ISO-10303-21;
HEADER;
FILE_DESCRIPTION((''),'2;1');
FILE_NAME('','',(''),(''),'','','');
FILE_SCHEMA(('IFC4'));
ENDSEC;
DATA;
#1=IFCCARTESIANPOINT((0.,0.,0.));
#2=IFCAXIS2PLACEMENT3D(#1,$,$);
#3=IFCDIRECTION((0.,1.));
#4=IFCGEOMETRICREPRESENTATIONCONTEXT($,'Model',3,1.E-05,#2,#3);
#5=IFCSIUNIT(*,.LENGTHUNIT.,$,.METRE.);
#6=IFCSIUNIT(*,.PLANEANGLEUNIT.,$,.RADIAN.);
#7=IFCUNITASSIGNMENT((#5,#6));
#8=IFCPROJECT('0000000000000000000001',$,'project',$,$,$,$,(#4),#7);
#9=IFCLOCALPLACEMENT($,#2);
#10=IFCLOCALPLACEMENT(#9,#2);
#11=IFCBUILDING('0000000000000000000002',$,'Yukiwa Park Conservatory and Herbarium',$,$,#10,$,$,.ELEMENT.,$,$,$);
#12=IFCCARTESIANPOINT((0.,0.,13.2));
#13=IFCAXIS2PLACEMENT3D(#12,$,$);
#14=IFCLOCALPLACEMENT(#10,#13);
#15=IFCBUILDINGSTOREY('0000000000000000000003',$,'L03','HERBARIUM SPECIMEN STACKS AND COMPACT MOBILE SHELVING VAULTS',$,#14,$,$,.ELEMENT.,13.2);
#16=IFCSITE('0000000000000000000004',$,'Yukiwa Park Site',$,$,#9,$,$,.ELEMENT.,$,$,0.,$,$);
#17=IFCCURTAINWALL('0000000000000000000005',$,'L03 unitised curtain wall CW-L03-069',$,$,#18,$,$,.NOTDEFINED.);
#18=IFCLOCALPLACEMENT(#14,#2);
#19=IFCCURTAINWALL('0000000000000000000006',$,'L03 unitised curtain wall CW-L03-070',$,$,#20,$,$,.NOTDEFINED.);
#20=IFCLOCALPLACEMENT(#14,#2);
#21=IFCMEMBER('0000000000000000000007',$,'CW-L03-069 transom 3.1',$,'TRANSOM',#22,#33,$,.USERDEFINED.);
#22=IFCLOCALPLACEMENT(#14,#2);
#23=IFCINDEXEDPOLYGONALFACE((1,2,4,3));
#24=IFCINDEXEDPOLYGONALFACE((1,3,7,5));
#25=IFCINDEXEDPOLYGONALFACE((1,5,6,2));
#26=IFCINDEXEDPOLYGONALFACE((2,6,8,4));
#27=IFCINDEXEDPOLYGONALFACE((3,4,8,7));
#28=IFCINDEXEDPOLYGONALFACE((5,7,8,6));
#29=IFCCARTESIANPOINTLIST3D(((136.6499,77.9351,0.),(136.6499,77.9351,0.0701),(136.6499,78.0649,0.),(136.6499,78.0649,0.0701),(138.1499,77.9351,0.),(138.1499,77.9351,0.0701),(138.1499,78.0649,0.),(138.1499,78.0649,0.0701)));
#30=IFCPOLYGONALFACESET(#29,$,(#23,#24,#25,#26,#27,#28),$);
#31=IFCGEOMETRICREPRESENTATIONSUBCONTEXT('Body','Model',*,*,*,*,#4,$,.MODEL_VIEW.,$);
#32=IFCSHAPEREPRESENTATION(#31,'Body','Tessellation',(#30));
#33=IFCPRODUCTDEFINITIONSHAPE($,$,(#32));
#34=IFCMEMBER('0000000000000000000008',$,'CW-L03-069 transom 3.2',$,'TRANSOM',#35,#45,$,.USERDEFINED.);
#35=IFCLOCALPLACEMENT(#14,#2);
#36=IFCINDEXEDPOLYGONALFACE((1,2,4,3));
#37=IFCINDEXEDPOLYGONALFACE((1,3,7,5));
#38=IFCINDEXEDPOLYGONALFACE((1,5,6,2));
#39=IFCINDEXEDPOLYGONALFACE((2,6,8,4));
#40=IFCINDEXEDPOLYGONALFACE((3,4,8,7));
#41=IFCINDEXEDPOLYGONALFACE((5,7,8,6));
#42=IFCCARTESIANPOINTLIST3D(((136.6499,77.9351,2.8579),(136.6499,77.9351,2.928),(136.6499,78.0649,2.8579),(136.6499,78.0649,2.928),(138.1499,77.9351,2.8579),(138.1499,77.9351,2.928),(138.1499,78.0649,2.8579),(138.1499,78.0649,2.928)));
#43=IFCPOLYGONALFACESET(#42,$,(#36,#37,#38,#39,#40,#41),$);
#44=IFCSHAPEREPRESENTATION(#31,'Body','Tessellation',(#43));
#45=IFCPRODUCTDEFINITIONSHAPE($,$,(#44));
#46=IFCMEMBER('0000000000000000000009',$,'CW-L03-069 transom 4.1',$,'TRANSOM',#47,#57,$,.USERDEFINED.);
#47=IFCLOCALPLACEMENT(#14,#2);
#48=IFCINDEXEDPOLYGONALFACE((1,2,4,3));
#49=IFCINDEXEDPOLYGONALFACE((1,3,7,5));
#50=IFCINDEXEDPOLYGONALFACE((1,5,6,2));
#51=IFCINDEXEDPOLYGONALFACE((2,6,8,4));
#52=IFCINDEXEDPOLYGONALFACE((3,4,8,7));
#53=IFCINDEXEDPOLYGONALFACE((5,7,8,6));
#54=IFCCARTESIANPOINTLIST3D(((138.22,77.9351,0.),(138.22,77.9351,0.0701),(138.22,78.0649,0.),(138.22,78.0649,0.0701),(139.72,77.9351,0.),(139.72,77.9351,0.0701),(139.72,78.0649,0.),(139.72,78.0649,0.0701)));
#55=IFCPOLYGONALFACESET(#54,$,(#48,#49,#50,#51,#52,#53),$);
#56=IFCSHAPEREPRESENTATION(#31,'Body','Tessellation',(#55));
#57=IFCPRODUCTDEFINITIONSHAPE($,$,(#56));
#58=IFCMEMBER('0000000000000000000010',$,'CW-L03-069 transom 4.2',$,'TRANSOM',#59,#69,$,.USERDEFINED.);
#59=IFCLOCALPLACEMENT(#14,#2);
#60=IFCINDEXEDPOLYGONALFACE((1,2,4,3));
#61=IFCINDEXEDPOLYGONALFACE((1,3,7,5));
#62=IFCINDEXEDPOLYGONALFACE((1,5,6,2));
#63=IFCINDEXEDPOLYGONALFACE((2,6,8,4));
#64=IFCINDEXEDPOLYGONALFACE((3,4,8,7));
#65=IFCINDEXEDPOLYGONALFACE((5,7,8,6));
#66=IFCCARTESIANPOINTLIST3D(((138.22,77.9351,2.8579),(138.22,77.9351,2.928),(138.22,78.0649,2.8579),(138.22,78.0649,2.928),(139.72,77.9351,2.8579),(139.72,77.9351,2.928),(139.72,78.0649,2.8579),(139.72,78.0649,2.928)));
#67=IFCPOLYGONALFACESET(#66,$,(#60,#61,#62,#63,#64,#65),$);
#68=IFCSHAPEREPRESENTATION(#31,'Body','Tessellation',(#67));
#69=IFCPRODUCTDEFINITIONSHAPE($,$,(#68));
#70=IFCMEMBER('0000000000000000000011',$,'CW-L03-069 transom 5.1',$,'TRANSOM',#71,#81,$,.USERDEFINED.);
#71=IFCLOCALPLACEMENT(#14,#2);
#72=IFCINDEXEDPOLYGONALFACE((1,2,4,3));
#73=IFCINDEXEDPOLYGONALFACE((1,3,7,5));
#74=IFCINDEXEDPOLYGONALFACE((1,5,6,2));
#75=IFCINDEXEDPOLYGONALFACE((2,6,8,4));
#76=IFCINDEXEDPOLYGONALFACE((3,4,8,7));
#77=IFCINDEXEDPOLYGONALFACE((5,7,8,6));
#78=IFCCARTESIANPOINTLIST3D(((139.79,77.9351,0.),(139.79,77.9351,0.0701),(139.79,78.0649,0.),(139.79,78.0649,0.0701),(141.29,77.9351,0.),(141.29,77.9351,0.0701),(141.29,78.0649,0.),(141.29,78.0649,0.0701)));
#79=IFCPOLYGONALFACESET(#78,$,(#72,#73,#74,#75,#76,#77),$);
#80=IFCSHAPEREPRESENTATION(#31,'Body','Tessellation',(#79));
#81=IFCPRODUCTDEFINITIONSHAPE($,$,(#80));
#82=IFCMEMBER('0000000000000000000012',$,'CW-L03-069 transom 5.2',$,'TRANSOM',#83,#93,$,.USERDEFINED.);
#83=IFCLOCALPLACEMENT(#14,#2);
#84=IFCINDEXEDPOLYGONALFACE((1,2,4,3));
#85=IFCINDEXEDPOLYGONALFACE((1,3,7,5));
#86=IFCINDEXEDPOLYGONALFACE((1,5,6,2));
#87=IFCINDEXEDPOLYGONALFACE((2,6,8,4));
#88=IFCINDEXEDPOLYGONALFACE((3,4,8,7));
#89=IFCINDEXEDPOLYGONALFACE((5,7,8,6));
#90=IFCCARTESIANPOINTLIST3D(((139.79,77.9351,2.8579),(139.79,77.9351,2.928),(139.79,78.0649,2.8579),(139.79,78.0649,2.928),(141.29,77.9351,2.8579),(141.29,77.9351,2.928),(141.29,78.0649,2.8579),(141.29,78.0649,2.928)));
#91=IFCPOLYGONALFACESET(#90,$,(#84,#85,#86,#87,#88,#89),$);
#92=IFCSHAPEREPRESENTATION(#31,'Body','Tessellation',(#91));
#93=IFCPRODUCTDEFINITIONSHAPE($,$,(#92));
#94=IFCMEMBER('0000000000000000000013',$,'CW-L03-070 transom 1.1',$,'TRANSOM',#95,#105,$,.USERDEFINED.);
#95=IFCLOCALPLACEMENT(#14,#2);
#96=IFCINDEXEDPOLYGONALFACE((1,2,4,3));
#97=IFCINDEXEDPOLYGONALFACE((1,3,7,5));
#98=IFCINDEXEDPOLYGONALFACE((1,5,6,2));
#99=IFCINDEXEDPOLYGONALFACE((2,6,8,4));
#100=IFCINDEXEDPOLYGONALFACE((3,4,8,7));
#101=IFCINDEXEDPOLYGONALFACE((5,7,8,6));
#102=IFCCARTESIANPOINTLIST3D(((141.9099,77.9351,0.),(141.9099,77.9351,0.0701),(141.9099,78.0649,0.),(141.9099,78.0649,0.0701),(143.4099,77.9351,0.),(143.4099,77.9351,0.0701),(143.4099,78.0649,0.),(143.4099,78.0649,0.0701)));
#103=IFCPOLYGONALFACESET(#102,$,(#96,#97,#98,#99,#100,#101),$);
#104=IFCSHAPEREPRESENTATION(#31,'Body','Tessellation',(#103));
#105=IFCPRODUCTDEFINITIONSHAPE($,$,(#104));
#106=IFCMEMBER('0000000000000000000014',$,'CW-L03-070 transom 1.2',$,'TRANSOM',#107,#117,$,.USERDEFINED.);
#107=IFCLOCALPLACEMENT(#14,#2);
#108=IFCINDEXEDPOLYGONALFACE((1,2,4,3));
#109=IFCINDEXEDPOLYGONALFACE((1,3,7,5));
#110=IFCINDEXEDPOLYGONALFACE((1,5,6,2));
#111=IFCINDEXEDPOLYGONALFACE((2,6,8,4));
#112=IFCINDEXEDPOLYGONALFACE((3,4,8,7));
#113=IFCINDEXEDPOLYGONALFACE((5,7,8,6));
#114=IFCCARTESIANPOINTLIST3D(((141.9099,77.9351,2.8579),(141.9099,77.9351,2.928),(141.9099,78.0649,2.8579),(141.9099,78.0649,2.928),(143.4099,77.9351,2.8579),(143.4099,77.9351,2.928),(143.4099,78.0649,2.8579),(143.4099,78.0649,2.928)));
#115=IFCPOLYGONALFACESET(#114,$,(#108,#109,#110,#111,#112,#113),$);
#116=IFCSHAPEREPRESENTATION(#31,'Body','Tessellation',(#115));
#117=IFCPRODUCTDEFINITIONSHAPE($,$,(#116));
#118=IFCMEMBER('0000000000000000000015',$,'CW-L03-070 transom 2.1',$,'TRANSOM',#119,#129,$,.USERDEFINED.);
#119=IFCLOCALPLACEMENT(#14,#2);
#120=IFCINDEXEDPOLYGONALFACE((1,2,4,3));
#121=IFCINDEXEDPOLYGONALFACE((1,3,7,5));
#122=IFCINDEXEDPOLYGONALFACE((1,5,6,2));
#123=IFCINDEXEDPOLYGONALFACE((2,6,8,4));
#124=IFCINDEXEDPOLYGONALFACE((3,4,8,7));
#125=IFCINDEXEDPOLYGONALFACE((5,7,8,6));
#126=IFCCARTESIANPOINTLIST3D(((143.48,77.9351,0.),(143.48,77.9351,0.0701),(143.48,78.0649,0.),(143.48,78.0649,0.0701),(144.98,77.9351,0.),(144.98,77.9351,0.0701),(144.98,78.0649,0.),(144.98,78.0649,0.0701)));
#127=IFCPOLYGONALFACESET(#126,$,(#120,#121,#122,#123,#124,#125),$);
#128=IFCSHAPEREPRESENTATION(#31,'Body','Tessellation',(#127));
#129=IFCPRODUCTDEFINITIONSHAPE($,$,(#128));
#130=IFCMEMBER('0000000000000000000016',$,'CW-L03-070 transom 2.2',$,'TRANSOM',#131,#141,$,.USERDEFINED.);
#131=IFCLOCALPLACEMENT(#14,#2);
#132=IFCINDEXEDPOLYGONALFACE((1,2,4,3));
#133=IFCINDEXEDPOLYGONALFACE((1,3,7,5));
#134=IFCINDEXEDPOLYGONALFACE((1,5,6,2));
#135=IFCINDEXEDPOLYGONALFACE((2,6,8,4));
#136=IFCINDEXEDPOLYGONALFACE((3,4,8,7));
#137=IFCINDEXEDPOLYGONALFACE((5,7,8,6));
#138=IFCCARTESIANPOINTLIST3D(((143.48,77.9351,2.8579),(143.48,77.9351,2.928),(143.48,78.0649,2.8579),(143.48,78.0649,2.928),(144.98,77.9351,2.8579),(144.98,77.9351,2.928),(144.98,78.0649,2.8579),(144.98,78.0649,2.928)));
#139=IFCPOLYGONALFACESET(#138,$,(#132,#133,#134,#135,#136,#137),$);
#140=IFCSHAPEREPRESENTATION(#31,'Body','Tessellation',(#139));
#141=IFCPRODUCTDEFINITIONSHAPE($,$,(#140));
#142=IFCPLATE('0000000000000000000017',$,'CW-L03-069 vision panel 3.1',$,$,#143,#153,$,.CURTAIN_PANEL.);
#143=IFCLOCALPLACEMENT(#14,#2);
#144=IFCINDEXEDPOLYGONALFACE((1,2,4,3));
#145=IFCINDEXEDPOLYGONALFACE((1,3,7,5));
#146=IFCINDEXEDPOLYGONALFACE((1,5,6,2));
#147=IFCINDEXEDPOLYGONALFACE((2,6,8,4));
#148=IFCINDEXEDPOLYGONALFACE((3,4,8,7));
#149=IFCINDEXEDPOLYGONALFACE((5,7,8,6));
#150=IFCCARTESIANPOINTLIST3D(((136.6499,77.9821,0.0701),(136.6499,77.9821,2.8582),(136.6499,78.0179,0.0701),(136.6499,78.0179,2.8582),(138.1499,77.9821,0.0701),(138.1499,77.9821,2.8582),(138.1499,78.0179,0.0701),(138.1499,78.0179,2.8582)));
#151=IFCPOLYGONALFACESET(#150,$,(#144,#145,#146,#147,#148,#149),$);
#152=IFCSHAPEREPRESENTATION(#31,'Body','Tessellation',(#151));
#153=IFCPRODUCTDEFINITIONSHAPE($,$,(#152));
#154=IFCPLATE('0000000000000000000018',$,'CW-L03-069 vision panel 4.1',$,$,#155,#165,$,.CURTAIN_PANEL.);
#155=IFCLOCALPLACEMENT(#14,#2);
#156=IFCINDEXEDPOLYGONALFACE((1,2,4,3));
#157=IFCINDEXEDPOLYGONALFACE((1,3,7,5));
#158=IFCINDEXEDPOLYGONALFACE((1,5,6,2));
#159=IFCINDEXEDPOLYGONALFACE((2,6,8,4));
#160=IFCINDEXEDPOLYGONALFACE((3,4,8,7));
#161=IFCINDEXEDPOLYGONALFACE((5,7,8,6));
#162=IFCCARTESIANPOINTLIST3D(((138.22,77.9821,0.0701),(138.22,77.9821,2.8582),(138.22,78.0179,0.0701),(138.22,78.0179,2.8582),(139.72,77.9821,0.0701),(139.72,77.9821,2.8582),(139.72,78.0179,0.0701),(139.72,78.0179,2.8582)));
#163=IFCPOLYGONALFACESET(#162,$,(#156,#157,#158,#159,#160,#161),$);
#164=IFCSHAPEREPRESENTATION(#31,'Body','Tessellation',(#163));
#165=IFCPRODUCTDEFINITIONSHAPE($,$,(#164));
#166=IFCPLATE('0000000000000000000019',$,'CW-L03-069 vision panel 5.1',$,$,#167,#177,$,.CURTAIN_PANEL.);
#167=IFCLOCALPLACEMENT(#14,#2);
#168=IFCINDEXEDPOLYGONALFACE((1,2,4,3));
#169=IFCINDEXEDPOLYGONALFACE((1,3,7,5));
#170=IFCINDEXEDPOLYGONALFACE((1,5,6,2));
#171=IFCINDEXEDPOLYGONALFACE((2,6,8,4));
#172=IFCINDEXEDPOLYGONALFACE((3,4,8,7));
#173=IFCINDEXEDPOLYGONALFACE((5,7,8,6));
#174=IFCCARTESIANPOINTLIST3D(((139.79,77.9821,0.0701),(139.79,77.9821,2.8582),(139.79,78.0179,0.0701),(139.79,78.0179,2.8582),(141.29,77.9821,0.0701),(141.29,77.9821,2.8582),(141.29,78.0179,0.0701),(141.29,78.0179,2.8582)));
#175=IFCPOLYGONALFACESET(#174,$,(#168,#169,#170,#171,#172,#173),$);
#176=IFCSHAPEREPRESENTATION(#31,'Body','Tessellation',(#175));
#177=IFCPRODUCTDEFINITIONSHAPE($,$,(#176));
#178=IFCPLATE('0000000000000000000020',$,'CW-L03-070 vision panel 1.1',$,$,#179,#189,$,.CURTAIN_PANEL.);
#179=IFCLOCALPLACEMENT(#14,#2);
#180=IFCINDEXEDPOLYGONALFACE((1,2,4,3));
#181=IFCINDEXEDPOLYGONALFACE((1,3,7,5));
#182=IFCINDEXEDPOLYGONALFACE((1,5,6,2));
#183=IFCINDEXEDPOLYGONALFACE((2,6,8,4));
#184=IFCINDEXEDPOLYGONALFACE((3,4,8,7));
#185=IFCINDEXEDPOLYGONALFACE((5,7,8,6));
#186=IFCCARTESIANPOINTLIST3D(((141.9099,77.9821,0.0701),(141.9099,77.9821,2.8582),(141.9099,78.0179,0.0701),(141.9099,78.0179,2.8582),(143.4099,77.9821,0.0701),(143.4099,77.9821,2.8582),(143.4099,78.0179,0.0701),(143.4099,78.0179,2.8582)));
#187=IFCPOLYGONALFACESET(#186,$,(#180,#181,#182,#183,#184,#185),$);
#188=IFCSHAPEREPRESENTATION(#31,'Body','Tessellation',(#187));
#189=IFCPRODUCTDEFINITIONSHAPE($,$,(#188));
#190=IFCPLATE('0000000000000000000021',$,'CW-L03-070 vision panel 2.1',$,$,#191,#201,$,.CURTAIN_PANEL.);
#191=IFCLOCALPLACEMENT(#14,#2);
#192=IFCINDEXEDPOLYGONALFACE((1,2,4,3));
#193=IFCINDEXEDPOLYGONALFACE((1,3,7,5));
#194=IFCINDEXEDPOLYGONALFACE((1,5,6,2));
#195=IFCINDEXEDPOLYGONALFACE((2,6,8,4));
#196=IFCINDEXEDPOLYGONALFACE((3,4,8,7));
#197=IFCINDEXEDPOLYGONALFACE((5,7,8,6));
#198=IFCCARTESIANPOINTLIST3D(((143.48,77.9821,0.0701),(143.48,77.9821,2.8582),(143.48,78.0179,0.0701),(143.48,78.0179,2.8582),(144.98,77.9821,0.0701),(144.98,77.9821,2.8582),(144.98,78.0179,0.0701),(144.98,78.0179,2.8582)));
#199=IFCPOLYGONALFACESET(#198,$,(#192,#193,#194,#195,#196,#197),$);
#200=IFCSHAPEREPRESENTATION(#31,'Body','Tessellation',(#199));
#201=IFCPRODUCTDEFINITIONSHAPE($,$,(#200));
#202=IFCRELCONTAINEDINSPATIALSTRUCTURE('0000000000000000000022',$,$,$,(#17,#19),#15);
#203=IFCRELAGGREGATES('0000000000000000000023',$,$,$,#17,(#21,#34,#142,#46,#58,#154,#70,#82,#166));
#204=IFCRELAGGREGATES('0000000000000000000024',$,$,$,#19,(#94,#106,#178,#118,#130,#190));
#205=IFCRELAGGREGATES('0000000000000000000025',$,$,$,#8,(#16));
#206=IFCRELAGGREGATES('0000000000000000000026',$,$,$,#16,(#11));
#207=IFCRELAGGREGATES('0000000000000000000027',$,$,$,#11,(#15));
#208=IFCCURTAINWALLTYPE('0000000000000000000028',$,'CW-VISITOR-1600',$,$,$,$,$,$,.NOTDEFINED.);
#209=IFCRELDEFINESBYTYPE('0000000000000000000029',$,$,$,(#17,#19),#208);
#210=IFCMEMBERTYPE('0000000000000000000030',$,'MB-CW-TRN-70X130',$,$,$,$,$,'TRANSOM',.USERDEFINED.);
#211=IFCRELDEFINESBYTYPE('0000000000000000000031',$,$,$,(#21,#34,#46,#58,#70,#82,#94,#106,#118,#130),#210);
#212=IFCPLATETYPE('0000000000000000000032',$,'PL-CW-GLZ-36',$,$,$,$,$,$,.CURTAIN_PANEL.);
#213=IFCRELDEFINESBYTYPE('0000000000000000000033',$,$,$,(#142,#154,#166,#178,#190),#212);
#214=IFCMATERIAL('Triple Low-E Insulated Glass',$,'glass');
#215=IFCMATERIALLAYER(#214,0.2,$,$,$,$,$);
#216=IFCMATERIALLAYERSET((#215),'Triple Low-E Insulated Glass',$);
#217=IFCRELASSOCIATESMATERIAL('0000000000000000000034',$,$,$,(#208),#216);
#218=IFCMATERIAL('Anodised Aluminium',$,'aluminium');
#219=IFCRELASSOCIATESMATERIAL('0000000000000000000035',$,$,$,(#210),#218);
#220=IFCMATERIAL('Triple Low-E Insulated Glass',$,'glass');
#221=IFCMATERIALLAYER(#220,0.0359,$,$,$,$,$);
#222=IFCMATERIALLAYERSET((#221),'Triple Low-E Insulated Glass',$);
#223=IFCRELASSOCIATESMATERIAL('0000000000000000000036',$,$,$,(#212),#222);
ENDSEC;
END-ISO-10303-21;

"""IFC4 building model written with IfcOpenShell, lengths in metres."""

from ifc_helpers import new_model, si_unit, direction, frame, origin, origin_2d, place, context, subcontext, project, spatial, rectangle, extrude, material, layer, layer_set, type_object, element, aggregate, save


model = new_model("IFC4")

# Units and contexts
model_context = context("Model", 3, precision=1e-05, world=origin(), true_north=direction((0.0, 1.0)))
body_context = subcontext(model_context, "Body", "Model", "MODEL_VIEW")
ifc_project = project(units=[si_unit("LENGTHUNIT", "METRE"), si_unit("PLANEANGLEUNIT", "RADIAN")], contexts=[model_context])

# Site, building, storey
site_placement = place(None, origin())
site = spatial("IfcSite", under=ifc_project, at=site_placement, Name="Yukiwa Park Site", CompositionType="ELEMENT", RefElevation=0.0)
building_placement = place(site_placement, origin())
building = spatial("IfcBuilding", under=site, at=building_placement, Name="Yukiwa Park Conservatory and Herbarium", CompositionType="ELEMENT")
storey_placement = place(building_placement, frame((0.0, 0.0, 13.2)))
storey = spatial("IfcBuildingStorey", under=building, at=storey_placement, Name="L03", Description="HERBARIUM SPECIMEN STACKS AND COMPACT MOBILE SHELVING VAULTS", CompositionType="ELEMENT", Elevation=13.2)

# Curtain walls
ifc_material_1 = material(Name="Triple Low-E Insulated Glass", Category="glass")
ifc_layer_1 = layer(ifc_material_1, 0.2)
ifc_layer_set_1 = layer_set([ifc_layer_1], Name="Triple Low-E Insulated Glass")
curtain_wall_type = type_object("IfcCurtainWallType", Name="CW-VISITOR-1600", PredefinedType="NOTDEFINED", material=ifc_layer_set_1)
curtain_wall_1_placement = place(storey_placement, origin())
curtain_wall_1 = element("IfcCurtainWall", 1, at=curtain_wall_1_placement, inside=storey, type_object=curtain_wall_type, Name="L03 unitised curtain wall CW-L03-069", PredefinedType="NOTDEFINED")
curtain_wall_2_placement = place(storey_placement, origin())
curtain_wall_2 = element("IfcCurtainWall", 2, at=curtain_wall_2_placement, inside=storey, type_object=curtain_wall_type, Name="L03 unitised curtain wall CW-L03-070", PredefinedType="NOTDEFINED")

# Members
ifc_material_2 = material(Name="Anodised Aluminium", Category="aluminium")
member_type_1 = type_object("IfcMemberType", Name="MB-CW-TRN-70X130", ElementType="TRANSOM", PredefinedType="USERDEFINED", material=ifc_material_2)
member_1_placement = place(storey_placement, frame((137.3999, 78.0, 0.0), z_axis=(0.0, 0.0, 1.0), x_axis=(1.0, 0.0, 0.0)))
member_1 = element("IfcMember", 3, at=member_1_placement, type_object=member_type_1, Name="CW-L03-069 transom 3.1", ObjectType="TRANSOM", PredefinedType="USERDEFINED", context=body_context, shape_type="SweptSolid", body=[
    extrude(rectangle(XDim=1.5, YDim=0.1299, at=origin_2d()), origin(), (0.0, 0.0, 1.0), 0.0701),
])
member_2_placement = place(storey_placement, frame((137.3999, 78.0, 2.8579), z_axis=(0.0, 0.0, 1.0), x_axis=(1.0, 0.0, 0.0)))
member_2 = element("IfcMember", 4, at=member_2_placement, type_object=member_type_1, Name="CW-L03-069 transom 3.2", ObjectType="TRANSOM", PredefinedType="USERDEFINED", context=body_context, shape_type="SweptSolid", body=[
    extrude(rectangle(XDim=1.5, YDim=0.1299, at=origin_2d()), origin(), (0.0, 0.0, 1.0), 0.0701),
])
member_3_placement = place(storey_placement, frame((138.97, 78.0, 0.0), z_axis=(0.0, 0.0, 1.0), x_axis=(1.0, 0.0, 0.0)))
member_3 = element("IfcMember", 5, at=member_3_placement, type_object=member_type_1, Name="CW-L03-069 transom 4.1", ObjectType="TRANSOM", PredefinedType="USERDEFINED", context=body_context, shape_type="SweptSolid", body=[
    extrude(rectangle(XDim=1.5, YDim=0.1299, at=origin_2d()), origin(), (0.0, 0.0, 1.0), 0.0701),
])
member_4_placement = place(storey_placement, frame((138.97, 78.0, 2.8579), z_axis=(0.0, 0.0, 1.0), x_axis=(1.0, 0.0, 0.0)))
member_4 = element("IfcMember", 6, at=member_4_placement, type_object=member_type_1, Name="CW-L03-069 transom 4.2", ObjectType="TRANSOM", PredefinedType="USERDEFINED", context=body_context, shape_type="SweptSolid", body=[
    extrude(rectangle(XDim=1.5, YDim=0.1299, at=origin_2d()), origin(), (0.0, 0.0, 1.0), 0.0701),
])
member_5_placement = place(storey_placement, frame((140.54, 78.0, 0.0), z_axis=(0.0, 0.0, 1.0), x_axis=(1.0, 0.0, 0.0)))
member_5 = element("IfcMember", 7, at=member_5_placement, type_object=member_type_1, Name="CW-L03-069 transom 5.1", ObjectType="TRANSOM", PredefinedType="USERDEFINED", context=body_context, shape_type="SweptSolid", body=[
    extrude(rectangle(XDim=1.5, YDim=0.1299, at=origin_2d()), origin(), (0.0, 0.0, 1.0), 0.0701),
])
member_6_placement = place(storey_placement, frame((140.54, 78.0, 2.8579), z_axis=(0.0, 0.0, 1.0), x_axis=(1.0, 0.0, 0.0)))
member_6 = element("IfcMember", 8, at=member_6_placement, type_object=member_type_1, Name="CW-L03-069 transom 5.2", ObjectType="TRANSOM", PredefinedType="USERDEFINED", context=body_context, shape_type="SweptSolid", body=[
    extrude(rectangle(XDim=1.5, YDim=0.1299, at=origin_2d()), origin(), (0.0, 0.0, 1.0), 0.0701),
])
member_7_placement = place(storey_placement, frame((142.6599, 78.0, 0.0), z_axis=(0.0, 0.0, 1.0), x_axis=(1.0, 0.0, 0.0)))
member_7 = element("IfcMember", 9, at=member_7_placement, type_object=member_type_1, Name="CW-L03-070 transom 1.1", ObjectType="TRANSOM", PredefinedType="USERDEFINED", context=body_context, shape_type="SweptSolid", body=[
    extrude(rectangle(XDim=1.5, YDim=0.1299, at=origin_2d()), origin(), (0.0, 0.0, 1.0), 0.0701),
])
member_8_placement = place(storey_placement, frame((142.6599, 78.0, 2.8579), z_axis=(0.0, 0.0, 1.0), x_axis=(1.0, 0.0, 0.0)))
member_8 = element("IfcMember", 10, at=member_8_placement, type_object=member_type_1, Name="CW-L03-070 transom 1.2", ObjectType="TRANSOM", PredefinedType="USERDEFINED", context=body_context, shape_type="SweptSolid", body=[
    extrude(rectangle(XDim=1.5, YDim=0.1299, at=origin_2d()), origin(), (0.0, 0.0, 1.0), 0.0701),
])
member_9_placement = place(storey_placement, frame((144.23, 78.0, 0.0), z_axis=(0.0, 0.0, 1.0), x_axis=(1.0, 0.0, 0.0)))
member_9 = element("IfcMember", 11, at=member_9_placement, type_object=member_type_1, Name="CW-L03-070 transom 2.1", ObjectType="TRANSOM", PredefinedType="USERDEFINED", context=body_context, shape_type="SweptSolid", body=[
    extrude(rectangle(XDim=1.5, YDim=0.1299, at=origin_2d()), origin(), (0.0, 0.0, 1.0), 0.0701),
])
member_10_placement = place(storey_placement, frame((144.23, 78.0, 2.8579), z_axis=(0.0, 0.0, 1.0), x_axis=(1.0, 0.0, 0.0)))
member_10 = element("IfcMember", 12, at=member_10_placement, type_object=member_type_1, Name="CW-L03-070 transom 2.2", ObjectType="TRANSOM", PredefinedType="USERDEFINED", context=body_context, shape_type="SweptSolid", body=[
    extrude(rectangle(XDim=1.5, YDim=0.1299, at=origin_2d()), origin(), (0.0, 0.0, 1.0), 0.0701),
])

# Plates
ifc_material_3 = material(Name="Triple Low-E Insulated Glass", Category="glass")
ifc_layer_2 = layer(ifc_material_3, 0.0359)
ifc_layer_set_2 = layer_set([ifc_layer_2], Name="Triple Low-E Insulated Glass")
plate_type_1 = type_object("IfcPlateType", Name="PL-CW-GLZ-36", PredefinedType="CURTAIN_PANEL", material=ifc_layer_set_2)
plate_1_placement = place(storey_placement, frame((137.3999, 78.0, 0.0701), z_axis=(0.0, 0.0, 1.0), x_axis=(1.0, 0.0, 0.0)))
plate_1 = element("IfcPlate", 13, at=plate_1_placement, type_object=plate_type_1, Name="CW-L03-069 vision panel 3.1", PredefinedType="CURTAIN_PANEL", context=body_context, shape_type="SweptSolid", body=[
    extrude(rectangle(XDim=1.5, YDim=0.0359, at=origin_2d()), origin(), (0.0, 0.0, 1.0), 2.7881),
])
plate_2_placement = place(storey_placement, frame((138.97, 78.0, 0.0701), z_axis=(0.0, 0.0, 1.0), x_axis=(1.0, 0.0, 0.0)))
plate_2 = element("IfcPlate", 14, at=plate_2_placement, type_object=plate_type_1, Name="CW-L03-069 vision panel 4.1", PredefinedType="CURTAIN_PANEL", context=body_context, shape_type="SweptSolid", body=[
    extrude(rectangle(XDim=1.5, YDim=0.0359, at=origin_2d()), origin(), (0.0, 0.0, 1.0), 2.7881),
])
plate_3_placement = place(storey_placement, frame((140.54, 78.0, 0.0701), z_axis=(0.0, 0.0, 1.0), x_axis=(1.0, 0.0, 0.0)))
plate_3 = element("IfcPlate", 15, at=plate_3_placement, type_object=plate_type_1, Name="CW-L03-069 vision panel 5.1", PredefinedType="CURTAIN_PANEL", context=body_context, shape_type="SweptSolid", body=[
    extrude(rectangle(XDim=1.5, YDim=0.0359, at=origin_2d()), origin(), (0.0, 0.0, 1.0), 2.7881),
])
aggregate(curtain_wall_1, [member_1, member_2, plate_1, member_3, member_4, plate_2, member_5, member_6, plate_3])
plate_4_placement = place(storey_placement, frame((142.6599, 78.0, 0.0701), z_axis=(0.0, 0.0, 1.0), x_axis=(1.0, 0.0, 0.0)))
plate_4 = element("IfcPlate", 16, at=plate_4_placement, type_object=plate_type_1, Name="CW-L03-070 vision panel 1.1", PredefinedType="CURTAIN_PANEL", context=body_context, shape_type="SweptSolid", body=[
    extrude(rectangle(XDim=1.5, YDim=0.0359, at=origin_2d()), origin(), (0.0, 0.0, 1.0), 2.7881),
])
plate_5_placement = place(storey_placement, frame((144.23, 78.0, 0.0701), z_axis=(0.0, 0.0, 1.0), x_axis=(1.0, 0.0, 0.0)))
plate_5 = element("IfcPlate", 17, at=plate_5_placement, type_object=plate_type_1, Name="CW-L03-070 vision panel 2.1", PredefinedType="CURTAIN_PANEL", context=body_context, shape_type="SweptSolid", body=[
    extrude(rectangle(XDim=1.5, YDim=0.0359, at=origin_2d()), origin(), (0.0, 0.0, 1.0), 2.7881),
])
aggregate(curtain_wall_2, [member_7, member_8, plate_4, member_9, member_10, plate_5])

save(model, "model.ifc")
